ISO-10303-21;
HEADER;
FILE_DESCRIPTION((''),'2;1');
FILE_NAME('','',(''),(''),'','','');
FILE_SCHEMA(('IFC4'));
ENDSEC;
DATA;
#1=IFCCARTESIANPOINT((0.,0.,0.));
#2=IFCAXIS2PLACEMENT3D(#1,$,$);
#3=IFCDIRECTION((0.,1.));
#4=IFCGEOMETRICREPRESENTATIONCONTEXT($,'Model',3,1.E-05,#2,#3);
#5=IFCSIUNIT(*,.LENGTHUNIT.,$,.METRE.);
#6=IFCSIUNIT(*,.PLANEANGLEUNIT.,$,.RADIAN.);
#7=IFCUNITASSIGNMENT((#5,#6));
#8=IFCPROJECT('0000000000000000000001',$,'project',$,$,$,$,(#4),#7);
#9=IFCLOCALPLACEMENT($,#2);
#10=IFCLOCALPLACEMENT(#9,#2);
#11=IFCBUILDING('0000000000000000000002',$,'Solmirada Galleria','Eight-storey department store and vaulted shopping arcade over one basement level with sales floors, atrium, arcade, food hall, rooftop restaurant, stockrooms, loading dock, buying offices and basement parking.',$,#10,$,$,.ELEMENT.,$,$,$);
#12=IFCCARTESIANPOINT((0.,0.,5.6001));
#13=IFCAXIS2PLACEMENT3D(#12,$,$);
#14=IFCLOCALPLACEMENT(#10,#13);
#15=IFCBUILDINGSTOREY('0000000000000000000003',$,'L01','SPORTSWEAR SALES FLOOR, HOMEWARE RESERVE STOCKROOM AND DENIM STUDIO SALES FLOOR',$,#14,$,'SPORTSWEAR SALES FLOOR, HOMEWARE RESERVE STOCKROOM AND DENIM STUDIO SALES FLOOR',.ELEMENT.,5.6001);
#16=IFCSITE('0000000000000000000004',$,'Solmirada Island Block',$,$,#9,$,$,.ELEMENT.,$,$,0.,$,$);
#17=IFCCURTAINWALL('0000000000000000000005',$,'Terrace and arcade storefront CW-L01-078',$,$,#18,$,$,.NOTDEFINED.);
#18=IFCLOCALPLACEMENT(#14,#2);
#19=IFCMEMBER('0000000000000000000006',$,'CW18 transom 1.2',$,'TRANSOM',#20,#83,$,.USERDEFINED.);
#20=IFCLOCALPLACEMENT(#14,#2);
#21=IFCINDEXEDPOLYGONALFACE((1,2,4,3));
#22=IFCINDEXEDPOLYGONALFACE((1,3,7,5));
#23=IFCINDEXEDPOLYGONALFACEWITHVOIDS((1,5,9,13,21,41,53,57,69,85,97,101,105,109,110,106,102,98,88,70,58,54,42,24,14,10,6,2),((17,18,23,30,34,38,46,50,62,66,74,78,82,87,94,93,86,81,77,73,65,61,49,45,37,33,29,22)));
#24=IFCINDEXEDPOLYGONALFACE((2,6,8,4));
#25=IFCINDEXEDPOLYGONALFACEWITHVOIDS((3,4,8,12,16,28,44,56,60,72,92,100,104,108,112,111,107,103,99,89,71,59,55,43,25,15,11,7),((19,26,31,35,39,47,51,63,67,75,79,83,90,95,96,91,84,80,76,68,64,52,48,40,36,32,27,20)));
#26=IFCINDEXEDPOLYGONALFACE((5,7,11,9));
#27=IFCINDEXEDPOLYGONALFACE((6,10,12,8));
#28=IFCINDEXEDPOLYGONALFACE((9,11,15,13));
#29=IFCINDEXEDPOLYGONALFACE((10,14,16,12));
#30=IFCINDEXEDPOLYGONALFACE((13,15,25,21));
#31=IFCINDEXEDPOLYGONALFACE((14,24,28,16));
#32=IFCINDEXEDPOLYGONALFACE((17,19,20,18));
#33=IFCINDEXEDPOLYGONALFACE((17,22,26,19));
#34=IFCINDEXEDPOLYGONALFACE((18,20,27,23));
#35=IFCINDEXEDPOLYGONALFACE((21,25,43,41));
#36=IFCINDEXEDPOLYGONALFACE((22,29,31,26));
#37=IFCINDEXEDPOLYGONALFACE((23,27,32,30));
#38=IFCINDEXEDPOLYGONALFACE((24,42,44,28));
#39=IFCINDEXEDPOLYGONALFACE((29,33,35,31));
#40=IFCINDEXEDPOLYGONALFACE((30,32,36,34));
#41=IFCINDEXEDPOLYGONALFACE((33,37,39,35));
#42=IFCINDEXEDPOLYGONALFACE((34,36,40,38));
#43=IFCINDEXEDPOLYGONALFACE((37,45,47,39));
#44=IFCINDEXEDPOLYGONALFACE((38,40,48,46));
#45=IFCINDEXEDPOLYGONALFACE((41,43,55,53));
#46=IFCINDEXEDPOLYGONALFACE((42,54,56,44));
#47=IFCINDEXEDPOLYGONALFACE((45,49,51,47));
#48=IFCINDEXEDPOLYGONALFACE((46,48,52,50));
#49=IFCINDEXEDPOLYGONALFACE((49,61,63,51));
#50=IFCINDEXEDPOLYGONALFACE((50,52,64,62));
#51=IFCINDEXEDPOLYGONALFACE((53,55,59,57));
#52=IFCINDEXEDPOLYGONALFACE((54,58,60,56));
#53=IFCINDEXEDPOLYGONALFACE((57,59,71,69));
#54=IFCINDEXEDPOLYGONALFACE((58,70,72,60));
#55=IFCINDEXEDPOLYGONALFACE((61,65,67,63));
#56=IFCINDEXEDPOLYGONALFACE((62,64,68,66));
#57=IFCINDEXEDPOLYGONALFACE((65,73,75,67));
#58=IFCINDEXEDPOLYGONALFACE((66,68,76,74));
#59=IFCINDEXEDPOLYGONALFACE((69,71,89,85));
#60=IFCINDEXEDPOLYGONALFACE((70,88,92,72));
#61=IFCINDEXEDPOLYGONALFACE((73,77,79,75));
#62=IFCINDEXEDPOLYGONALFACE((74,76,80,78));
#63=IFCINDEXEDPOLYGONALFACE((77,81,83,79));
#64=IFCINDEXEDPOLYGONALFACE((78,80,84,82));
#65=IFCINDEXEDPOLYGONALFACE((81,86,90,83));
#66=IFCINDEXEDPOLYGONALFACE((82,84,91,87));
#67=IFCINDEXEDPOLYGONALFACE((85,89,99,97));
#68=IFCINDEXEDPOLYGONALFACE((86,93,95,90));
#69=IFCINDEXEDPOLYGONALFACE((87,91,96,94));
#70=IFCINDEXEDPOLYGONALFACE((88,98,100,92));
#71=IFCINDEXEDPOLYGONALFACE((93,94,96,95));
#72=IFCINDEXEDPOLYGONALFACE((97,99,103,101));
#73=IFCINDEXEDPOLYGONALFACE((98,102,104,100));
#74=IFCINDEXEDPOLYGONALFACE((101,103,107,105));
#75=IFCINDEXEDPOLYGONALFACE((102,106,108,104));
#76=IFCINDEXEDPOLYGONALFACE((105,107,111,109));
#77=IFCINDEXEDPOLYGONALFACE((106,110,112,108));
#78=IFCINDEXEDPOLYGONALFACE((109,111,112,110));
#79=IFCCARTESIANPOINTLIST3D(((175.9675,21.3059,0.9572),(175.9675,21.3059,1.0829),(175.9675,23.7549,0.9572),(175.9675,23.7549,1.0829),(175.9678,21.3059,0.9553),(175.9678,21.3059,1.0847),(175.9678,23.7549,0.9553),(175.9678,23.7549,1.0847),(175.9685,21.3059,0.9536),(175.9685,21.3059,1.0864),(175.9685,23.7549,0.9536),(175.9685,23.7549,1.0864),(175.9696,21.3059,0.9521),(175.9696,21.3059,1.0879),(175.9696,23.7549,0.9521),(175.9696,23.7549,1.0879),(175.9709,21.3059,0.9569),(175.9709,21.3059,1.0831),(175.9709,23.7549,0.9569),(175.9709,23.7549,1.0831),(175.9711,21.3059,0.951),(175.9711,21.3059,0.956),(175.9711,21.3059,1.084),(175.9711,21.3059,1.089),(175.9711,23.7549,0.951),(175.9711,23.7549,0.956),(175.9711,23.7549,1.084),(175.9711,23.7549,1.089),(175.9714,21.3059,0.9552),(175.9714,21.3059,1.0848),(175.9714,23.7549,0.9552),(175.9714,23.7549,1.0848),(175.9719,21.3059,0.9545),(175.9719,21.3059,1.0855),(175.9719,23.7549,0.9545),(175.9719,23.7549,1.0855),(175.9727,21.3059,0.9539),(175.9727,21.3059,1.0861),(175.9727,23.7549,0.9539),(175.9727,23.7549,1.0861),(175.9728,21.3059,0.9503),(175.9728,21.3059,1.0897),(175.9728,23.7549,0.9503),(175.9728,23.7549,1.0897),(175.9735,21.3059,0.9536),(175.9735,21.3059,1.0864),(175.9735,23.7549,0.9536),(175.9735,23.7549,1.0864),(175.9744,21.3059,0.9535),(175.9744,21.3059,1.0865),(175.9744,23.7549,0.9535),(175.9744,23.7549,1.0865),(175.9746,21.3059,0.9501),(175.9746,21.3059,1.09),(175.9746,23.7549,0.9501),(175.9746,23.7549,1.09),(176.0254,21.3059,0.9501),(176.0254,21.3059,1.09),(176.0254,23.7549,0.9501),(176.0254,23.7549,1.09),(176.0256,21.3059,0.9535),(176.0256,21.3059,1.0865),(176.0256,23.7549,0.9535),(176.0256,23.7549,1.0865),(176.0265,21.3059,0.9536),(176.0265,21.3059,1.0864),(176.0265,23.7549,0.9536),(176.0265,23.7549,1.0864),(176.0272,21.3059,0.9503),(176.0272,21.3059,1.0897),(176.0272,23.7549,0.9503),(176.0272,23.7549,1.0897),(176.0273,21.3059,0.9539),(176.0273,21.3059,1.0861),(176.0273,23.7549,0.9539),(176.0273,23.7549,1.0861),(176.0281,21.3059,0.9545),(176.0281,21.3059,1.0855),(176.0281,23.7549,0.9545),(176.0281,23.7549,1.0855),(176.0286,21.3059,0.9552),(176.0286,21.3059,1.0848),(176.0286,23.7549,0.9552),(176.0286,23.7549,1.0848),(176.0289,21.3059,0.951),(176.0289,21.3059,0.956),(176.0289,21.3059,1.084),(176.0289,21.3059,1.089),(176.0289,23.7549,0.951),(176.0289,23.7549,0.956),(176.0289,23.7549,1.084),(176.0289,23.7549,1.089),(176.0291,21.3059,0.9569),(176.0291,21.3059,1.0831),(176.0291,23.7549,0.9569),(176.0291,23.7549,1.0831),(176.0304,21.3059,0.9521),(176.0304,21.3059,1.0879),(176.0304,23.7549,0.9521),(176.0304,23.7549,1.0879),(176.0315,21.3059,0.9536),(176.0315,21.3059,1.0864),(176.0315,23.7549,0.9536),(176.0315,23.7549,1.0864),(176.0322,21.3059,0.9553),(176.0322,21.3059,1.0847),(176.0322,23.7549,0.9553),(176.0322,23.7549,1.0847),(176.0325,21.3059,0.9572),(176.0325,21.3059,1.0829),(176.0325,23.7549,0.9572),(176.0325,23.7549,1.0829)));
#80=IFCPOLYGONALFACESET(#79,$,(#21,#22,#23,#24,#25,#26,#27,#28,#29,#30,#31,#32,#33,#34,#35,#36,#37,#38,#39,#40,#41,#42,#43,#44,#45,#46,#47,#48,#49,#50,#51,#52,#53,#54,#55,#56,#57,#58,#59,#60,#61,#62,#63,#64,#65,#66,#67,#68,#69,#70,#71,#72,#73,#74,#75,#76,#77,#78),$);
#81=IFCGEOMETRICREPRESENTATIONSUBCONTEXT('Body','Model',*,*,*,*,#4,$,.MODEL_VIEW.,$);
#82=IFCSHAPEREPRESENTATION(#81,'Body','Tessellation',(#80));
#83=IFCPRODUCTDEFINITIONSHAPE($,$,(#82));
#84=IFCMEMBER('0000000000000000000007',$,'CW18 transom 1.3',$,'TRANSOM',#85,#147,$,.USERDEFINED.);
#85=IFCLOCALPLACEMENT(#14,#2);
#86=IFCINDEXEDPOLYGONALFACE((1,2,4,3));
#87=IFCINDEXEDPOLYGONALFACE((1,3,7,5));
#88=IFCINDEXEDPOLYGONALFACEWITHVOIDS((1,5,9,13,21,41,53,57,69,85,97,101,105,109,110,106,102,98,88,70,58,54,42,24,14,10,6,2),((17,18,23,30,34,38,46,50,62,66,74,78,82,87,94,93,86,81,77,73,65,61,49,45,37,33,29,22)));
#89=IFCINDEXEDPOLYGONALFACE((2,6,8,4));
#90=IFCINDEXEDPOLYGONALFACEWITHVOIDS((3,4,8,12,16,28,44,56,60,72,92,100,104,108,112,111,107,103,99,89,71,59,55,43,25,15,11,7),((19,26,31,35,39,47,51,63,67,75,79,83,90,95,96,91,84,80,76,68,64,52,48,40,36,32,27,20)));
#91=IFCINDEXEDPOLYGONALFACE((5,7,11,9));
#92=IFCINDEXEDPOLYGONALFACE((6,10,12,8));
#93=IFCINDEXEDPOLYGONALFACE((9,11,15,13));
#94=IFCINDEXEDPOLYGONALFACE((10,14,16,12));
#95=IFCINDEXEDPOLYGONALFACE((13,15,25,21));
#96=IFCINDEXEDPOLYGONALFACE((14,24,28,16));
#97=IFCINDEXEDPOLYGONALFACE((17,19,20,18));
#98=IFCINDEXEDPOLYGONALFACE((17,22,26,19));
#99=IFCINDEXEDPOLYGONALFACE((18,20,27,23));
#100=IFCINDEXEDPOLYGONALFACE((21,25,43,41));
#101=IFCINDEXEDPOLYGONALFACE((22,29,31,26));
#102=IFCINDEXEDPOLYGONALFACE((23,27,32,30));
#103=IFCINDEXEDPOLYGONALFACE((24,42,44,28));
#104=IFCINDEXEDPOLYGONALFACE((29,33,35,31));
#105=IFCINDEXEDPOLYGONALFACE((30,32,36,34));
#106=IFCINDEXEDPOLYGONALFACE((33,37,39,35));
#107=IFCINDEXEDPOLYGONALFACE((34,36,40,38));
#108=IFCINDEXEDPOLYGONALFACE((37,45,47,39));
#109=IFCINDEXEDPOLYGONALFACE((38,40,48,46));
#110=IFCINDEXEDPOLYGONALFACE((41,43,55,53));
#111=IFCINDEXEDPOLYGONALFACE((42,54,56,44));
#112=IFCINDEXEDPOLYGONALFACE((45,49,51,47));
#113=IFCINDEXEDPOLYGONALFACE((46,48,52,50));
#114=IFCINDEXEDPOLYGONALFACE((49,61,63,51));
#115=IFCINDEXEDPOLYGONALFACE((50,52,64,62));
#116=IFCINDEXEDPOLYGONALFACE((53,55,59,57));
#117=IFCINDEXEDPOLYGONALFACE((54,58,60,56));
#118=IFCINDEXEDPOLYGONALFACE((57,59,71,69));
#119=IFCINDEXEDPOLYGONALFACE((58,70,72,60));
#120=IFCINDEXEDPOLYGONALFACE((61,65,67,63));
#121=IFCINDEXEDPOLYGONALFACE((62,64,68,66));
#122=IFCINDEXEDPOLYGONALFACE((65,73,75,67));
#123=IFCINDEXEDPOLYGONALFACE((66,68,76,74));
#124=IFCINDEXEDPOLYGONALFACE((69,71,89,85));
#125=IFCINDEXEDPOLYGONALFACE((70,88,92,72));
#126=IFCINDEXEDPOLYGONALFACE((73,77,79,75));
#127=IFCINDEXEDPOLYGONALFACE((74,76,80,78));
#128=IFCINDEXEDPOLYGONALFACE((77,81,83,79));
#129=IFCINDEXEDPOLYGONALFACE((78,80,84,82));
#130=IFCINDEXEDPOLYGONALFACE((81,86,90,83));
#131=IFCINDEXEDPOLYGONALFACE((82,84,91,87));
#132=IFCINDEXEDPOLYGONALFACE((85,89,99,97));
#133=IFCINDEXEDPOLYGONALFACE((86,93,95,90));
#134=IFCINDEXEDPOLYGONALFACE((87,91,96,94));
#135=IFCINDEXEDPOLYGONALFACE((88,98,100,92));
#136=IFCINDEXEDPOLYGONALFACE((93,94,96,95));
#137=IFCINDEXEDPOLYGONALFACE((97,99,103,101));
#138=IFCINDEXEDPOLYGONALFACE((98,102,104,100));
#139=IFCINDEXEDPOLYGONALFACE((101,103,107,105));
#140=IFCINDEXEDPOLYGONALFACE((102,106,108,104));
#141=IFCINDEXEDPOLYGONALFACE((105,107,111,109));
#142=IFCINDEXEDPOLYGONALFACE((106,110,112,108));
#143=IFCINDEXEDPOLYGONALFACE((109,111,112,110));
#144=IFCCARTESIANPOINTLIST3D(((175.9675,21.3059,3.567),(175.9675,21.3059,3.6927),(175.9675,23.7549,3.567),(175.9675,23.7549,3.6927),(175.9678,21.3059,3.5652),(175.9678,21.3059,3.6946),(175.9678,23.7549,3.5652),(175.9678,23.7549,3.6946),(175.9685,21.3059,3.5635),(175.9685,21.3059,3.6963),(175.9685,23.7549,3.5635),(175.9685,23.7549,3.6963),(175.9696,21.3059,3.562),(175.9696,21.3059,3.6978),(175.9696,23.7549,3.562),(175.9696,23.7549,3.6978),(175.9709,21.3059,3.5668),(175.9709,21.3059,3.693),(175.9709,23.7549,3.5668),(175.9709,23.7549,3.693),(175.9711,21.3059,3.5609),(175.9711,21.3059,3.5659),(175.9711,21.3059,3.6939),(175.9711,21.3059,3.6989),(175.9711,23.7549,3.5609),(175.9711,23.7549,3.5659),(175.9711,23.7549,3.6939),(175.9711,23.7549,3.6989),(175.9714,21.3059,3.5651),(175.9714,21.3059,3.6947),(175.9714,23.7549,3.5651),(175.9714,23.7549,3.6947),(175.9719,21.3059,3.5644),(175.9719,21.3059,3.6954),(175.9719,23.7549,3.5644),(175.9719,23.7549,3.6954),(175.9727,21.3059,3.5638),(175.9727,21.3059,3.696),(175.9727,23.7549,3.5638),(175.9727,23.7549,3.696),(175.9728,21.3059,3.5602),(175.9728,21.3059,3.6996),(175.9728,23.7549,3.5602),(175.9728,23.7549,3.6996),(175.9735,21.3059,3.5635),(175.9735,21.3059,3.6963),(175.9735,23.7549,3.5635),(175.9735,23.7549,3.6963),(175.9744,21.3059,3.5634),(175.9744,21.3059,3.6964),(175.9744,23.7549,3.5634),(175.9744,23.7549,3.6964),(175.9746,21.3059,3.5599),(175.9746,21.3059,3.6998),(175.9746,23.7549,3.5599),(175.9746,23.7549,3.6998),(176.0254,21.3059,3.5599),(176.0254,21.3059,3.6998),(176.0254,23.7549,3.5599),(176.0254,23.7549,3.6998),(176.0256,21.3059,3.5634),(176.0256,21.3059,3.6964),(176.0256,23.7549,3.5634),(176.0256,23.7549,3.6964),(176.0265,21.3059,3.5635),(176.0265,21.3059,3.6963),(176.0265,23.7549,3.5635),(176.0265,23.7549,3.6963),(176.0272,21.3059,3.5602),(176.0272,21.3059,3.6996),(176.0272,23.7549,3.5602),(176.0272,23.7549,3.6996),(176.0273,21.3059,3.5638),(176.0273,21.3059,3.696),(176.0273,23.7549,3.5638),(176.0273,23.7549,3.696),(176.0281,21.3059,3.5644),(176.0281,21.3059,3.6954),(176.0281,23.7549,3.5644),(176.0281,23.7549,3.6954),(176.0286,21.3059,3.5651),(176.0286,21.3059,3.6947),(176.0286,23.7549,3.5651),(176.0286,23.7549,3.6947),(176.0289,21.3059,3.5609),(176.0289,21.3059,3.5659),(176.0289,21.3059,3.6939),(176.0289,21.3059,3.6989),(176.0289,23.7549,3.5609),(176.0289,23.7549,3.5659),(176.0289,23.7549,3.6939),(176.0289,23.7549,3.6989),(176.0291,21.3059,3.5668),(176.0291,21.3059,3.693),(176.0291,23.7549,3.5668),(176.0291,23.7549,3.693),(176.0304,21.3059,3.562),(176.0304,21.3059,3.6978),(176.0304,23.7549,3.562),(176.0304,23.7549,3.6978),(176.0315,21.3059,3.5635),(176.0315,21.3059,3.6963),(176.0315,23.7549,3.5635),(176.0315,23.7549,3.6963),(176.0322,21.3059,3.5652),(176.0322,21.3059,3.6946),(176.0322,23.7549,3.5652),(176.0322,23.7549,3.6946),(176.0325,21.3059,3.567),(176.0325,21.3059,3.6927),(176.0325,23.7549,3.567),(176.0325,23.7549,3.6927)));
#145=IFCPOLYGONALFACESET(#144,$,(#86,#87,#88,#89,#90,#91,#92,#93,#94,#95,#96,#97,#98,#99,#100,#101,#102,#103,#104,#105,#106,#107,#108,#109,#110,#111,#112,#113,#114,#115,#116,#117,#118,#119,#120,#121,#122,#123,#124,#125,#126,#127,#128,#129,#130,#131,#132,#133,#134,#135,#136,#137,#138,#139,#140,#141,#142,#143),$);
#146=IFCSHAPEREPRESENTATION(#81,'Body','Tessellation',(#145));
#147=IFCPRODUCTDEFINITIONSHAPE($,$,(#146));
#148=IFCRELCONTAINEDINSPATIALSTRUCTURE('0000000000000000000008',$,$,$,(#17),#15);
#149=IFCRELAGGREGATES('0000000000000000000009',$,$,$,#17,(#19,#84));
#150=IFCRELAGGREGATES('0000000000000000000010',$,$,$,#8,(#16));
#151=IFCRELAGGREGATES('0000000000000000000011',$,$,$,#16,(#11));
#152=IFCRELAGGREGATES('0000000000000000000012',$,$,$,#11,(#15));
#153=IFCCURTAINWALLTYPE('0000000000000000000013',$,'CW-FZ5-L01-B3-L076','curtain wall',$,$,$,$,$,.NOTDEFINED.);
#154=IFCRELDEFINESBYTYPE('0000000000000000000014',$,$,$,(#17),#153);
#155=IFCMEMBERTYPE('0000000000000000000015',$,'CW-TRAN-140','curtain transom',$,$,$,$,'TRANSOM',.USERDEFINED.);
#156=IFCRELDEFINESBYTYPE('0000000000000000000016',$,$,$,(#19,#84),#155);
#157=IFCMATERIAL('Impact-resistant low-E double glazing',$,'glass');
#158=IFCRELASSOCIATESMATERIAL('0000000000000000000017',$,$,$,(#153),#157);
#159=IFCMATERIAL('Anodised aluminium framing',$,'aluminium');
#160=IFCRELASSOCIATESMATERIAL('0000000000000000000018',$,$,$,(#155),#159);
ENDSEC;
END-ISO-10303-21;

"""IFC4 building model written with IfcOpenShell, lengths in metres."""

from ifc_helpers import new_model, si_unit, direction, frame, origin, origin_2d, place, context, subcontext, project, spatial, hollow_rectangle, extrude, material, material_profile, profile_set, type_object, element, aggregate, save


model = new_model("IFC4")

# Units and contexts
model_context = context("Model", 3, precision=1e-05, world=origin(), true_north=direction((0.0, 1.0)))
body_context = subcontext(model_context, "Body", "Model", "MODEL_VIEW")
ifc_project = project(units=[si_unit("LENGTHUNIT", "METRE"), si_unit("PLANEANGLEUNIT", "RADIAN")], contexts=[model_context])

# Site, building, storey
site_placement = place(None, origin())
site = spatial("IfcSite", under=ifc_project, at=site_placement, Name="Solmirada Island Block", CompositionType="ELEMENT", RefElevation=0.0)
building_placement = place(site_placement, origin())
building = spatial("IfcBuilding", under=site, at=building_placement, Name="Solmirada Galleria", Description="Eight-storey department store and vaulted shopping arcade over one basement level with sales floors, atrium, arcade, food hall, rooftop restaurant, stockrooms, loading dock, buying offices and basement parking.", CompositionType="ELEMENT")
storey_placement = place(building_placement, frame((0.0, 0.0, 5.6001)))
storey = spatial("IfcBuildingStorey", under=building, at=storey_placement, Name="L01", Description="SPORTSWEAR SALES FLOOR, HOMEWARE RESERVE STOCKROOM AND DENIM STUDIO SALES FLOOR", LongName="SPORTSWEAR SALES FLOOR, HOMEWARE RESERVE STOCKROOM AND DENIM STUDIO SALES FLOOR", CompositionType="ELEMENT", Elevation=5.6001)

# Curtain wall, members
ifc_material_1 = material(Name="Impact-resistant low-E double glazing", Category="glass")
curtain_wall_type = type_object("IfcCurtainWallType", Name="CW-FZ5-L01-B3-L076", Description="curtain wall", PredefinedType="NOTDEFINED", material=ifc_material_1)
curtain_wall_placement = place(storey_placement, origin())
curtain_wall = element("IfcCurtainWall", 1, at=curtain_wall_placement, inside=storey, type_object=curtain_wall_type, Name="Terrace and arcade storefront CW-L01-078", PredefinedType="NOTDEFINED")
ifc_material_2 = material(Name="Anodised aluminium framing", Category="aluminium")
ifc_material_profile_1 = material_profile(ifc_material_2, hollow_rectangle(XDim=0.0649, YDim=0.1399, WallThickness=0.0034, InnerFilletRadius=0.0034, OuterFilletRadius=0.0071, at=origin_2d()), Name="ALU-TRAN-140X65")
ifc_profile_set_1 = profile_set([ifc_material_profile_1], Name="Anodised aluminium framing")
member_type_1 = type_object("IfcMemberType", Name="CW-TRAN-140", Description="curtain transom", ElementType="TRANSOM", PredefinedType="USERDEFINED", material=ifc_profile_set_1)
member_1_placement = place(storey_placement, frame((176.0, 23.7549, 1.02), z_axis=(0.0, -1.0, 0.0), x_axis=(1.0, 0.0, 0.0)))
member_1 = element("IfcMember", 2, at=member_1_placement, type_object=member_type_1, Name="CW18 transom 1.2", ObjectType="TRANSOM", PredefinedType="USERDEFINED", context=body_context, shape_type="SweptSolid", body=[
    extrude(hollow_rectangle(XDim=0.0649, YDim=0.1399, WallThickness=0.0034, InnerFilletRadius=0.0034, OuterFilletRadius=0.0071, at=origin_2d()), origin(), (0.0, 0.0, 1.0), 2.449),
])
member_2_placement = place(storey_placement, frame((176.0, 23.7549, 3.6299), z_axis=(0.0, -1.0, 0.0), x_axis=(1.0, 0.0, 0.0)))
member_2 = element("IfcMember", 3, at=member_2_placement, type_object=member_type_1, Name="CW18 transom 1.3", ObjectType="TRANSOM", PredefinedType="USERDEFINED", context=body_context, shape_type="SweptSolid", body=[
    extrude(hollow_rectangle(XDim=0.0649, YDim=0.1399, WallThickness=0.0034, InnerFilletRadius=0.0034, OuterFilletRadius=0.0071, at=origin_2d()), origin(), (0.0, 0.0, 1.0), 2.449),
])
aggregate(curtain_wall, [member_1, member_2])

save(model, "model.ifc")
